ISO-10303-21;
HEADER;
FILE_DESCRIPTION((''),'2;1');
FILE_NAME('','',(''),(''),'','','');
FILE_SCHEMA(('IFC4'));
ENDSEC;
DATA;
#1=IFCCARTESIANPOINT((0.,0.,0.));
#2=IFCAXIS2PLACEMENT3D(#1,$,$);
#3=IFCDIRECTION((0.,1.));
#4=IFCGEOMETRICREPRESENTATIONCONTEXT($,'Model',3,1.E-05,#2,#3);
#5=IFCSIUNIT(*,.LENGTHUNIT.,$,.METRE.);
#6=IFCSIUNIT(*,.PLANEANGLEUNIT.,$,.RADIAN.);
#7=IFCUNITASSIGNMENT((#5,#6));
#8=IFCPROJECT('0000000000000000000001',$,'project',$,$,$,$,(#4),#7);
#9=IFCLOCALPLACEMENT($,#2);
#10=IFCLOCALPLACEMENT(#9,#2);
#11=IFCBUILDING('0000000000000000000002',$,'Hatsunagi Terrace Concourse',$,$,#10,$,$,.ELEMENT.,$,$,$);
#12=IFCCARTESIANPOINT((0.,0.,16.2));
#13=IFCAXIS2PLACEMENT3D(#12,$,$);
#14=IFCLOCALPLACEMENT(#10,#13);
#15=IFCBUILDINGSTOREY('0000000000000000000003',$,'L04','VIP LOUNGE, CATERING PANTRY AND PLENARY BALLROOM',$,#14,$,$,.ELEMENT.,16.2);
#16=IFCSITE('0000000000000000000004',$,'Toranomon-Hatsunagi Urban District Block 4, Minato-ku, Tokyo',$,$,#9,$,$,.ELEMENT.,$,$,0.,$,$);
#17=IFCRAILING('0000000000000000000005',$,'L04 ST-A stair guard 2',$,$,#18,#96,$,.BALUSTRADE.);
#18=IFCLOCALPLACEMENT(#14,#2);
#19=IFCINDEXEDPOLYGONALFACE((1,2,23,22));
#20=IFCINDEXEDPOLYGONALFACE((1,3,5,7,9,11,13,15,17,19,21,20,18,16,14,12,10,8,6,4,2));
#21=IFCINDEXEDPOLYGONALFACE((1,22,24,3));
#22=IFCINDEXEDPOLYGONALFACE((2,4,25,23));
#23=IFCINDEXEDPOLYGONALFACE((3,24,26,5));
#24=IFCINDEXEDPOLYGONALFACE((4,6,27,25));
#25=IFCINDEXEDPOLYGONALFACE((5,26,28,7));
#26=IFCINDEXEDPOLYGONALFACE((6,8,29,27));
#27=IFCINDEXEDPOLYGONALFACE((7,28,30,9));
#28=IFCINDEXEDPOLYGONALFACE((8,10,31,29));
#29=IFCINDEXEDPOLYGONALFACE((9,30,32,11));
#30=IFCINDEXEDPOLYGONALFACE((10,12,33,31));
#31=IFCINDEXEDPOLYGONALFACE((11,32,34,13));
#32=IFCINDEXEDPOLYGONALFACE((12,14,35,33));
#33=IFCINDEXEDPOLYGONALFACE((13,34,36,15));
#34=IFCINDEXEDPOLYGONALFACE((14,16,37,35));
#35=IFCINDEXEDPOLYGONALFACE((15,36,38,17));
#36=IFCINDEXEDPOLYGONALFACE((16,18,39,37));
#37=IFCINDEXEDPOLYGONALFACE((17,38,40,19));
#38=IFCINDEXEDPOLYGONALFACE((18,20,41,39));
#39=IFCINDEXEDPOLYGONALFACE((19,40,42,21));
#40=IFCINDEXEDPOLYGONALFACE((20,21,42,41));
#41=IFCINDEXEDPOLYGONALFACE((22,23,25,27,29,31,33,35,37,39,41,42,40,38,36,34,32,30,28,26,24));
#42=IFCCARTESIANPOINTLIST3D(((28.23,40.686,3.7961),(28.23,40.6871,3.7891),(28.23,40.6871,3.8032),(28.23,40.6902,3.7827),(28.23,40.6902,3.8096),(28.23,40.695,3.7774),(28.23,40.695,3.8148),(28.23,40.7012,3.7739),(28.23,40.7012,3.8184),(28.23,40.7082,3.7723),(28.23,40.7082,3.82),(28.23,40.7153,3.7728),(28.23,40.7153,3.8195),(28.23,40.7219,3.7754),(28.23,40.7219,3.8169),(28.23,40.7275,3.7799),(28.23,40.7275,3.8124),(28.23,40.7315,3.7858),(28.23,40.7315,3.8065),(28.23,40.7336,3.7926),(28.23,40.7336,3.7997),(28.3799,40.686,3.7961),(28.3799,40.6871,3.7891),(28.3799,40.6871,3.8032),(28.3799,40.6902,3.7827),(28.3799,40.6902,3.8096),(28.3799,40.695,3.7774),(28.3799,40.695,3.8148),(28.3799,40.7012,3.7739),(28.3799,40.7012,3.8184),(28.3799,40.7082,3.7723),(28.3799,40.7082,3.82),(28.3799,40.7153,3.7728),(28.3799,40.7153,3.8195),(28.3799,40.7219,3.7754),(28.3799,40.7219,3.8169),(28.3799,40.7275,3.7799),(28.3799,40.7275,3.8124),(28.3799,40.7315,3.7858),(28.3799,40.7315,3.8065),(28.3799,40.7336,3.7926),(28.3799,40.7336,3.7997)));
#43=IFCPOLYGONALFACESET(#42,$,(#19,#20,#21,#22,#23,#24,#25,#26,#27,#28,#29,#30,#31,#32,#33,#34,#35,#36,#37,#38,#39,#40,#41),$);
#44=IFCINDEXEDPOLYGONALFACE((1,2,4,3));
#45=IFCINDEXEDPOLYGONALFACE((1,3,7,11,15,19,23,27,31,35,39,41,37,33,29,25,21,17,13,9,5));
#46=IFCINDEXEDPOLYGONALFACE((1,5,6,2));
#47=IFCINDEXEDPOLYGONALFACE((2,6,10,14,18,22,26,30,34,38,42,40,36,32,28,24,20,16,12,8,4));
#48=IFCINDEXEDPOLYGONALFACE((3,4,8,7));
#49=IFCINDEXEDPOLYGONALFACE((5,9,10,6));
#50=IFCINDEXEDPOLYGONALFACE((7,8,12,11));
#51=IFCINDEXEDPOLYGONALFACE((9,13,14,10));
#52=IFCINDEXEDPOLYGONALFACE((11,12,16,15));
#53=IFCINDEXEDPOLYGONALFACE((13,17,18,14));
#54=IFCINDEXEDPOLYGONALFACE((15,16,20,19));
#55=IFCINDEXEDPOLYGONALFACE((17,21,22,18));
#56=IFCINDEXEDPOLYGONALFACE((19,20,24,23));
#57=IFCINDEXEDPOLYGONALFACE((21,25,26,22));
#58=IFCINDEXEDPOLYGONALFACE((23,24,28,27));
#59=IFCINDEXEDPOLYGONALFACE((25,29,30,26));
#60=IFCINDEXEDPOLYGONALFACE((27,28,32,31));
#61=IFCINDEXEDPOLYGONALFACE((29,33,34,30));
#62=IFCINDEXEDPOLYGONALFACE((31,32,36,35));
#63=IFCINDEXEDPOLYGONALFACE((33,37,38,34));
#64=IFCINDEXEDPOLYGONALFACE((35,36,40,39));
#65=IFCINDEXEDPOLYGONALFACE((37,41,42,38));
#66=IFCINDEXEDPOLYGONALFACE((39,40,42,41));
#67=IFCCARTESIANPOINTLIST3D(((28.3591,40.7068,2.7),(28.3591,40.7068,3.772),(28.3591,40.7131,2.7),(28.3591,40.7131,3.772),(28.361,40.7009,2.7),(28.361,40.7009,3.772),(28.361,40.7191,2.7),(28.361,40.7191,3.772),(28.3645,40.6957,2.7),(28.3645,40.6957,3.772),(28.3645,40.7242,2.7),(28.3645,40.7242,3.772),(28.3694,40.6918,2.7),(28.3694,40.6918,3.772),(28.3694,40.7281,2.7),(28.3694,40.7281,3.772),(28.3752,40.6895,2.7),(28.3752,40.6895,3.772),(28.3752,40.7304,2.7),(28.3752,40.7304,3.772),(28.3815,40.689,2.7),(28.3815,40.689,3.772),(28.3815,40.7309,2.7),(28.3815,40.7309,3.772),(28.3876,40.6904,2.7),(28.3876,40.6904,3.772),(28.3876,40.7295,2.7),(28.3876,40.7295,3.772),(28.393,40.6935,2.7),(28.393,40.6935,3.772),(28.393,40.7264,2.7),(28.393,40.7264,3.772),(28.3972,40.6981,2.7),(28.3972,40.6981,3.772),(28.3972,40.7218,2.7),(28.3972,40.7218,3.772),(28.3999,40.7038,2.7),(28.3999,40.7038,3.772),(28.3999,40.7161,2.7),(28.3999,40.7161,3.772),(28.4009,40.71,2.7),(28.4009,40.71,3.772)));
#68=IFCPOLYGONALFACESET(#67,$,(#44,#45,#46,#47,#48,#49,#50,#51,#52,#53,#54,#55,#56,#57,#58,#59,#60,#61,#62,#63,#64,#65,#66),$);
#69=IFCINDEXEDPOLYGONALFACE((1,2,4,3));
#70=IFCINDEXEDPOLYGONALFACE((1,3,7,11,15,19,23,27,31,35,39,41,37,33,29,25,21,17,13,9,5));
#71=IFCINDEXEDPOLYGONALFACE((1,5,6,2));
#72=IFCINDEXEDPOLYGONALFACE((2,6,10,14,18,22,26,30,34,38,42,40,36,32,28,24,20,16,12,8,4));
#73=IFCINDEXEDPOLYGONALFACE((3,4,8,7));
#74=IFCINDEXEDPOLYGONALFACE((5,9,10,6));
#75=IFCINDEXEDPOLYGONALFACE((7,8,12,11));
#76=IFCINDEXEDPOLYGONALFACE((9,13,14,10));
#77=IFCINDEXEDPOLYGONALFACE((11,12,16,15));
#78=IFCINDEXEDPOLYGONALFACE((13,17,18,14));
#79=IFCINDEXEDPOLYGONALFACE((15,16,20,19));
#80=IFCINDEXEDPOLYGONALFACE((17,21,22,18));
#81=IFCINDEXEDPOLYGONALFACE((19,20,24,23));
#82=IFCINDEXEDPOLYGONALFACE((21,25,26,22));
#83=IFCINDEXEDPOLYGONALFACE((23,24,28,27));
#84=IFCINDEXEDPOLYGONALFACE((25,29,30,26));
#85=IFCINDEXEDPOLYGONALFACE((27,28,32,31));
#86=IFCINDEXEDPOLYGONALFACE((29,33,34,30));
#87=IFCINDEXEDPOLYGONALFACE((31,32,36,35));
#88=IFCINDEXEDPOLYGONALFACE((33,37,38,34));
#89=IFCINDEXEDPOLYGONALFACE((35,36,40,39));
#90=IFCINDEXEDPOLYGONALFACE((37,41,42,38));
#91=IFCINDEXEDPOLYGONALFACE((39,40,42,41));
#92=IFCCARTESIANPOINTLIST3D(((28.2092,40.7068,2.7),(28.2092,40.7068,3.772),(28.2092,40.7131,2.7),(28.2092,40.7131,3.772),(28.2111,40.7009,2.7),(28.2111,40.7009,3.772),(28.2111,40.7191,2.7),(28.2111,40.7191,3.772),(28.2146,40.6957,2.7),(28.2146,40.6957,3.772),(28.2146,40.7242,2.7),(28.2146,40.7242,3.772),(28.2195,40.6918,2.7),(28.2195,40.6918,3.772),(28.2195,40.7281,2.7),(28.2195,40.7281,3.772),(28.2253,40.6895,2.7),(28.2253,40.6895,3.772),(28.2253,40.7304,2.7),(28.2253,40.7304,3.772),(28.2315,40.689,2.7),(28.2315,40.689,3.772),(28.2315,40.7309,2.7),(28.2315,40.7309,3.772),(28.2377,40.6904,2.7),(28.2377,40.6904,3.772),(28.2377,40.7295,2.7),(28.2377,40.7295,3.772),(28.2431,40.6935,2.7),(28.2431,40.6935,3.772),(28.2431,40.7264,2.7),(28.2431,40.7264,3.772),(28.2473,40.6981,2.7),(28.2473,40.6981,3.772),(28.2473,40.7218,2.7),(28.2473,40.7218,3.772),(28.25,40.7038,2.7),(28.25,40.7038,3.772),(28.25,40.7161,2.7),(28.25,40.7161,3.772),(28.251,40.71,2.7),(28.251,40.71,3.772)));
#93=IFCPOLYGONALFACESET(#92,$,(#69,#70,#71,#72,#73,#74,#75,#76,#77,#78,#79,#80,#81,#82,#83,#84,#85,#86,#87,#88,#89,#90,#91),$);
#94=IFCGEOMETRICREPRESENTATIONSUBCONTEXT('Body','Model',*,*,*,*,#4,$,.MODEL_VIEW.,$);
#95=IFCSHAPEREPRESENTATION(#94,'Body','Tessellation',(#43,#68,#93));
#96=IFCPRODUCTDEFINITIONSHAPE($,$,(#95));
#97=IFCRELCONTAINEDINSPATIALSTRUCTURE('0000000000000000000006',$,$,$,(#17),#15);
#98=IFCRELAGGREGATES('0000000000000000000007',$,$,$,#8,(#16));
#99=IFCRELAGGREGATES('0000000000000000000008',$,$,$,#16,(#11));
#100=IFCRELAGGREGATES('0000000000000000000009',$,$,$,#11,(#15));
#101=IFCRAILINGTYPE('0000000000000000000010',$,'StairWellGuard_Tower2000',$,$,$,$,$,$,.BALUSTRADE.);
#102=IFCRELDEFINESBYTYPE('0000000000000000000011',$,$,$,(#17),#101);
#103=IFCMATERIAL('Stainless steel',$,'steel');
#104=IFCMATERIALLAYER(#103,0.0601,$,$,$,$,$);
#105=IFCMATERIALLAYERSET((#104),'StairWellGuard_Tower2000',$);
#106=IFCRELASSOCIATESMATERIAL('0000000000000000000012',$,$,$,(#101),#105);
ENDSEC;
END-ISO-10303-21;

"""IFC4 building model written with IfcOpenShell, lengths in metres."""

from ifc_helpers import new_model, si_unit, direction, frame, origin, origin_2d, place, context, subcontext, project, spatial, circle, extrude, material, layer, layer_set, type_object, element, save


model = new_model("IFC4")

# Units and contexts
model_context = context("Model", 3, precision=1e-05, world=origin(), true_north=direction((0.0, 1.0)))
body_context = subcontext(model_context, "Body", "Model", "MODEL_VIEW")
ifc_project = project(units=[si_unit("LENGTHUNIT", "METRE"), si_unit("PLANEANGLEUNIT", "RADIAN")], contexts=[model_context])

# Site, building, storey
site_placement = place(None, origin())
site = spatial("IfcSite", under=ifc_project, at=site_placement, Name="Toranomon-Hatsunagi Urban District Block 4, Minato-ku, Tokyo", CompositionType="ELEMENT", RefElevation=0.0)
building_placement = place(site_placement, origin())
building = spatial("IfcBuilding", under=site, at=building_placement, Name="Hatsunagi Terrace Concourse", CompositionType="ELEMENT")
storey_placement = place(building_placement, frame((0.0, 0.0, 16.2)))
storey = spatial("IfcBuildingStorey", under=building, at=storey_placement, Name="L04", Description="VIP LOUNGE, CATERING PANTRY AND PLENARY BALLROOM", CompositionType="ELEMENT", Elevation=16.2)

# Railing
ifc_material_1 = material(Name="Stainless steel", Category="steel")
ifc_layer_1 = layer(ifc_material_1, 0.0601)
ifc_layer_set_1 = layer_set([ifc_layer_1], Name="StairWellGuard_Tower2000")
railing_type_1 = type_object("IfcRailingType", Name="StairWellGuard_Tower2000", PredefinedType="BALUSTRADE", material=ifc_layer_set_1)
railing_1_placement = place(storey_placement, frame((28.3799, 40.71, 2.7)))
element("IfcRailing", 1, at=railing_1_placement, inside=storey, type_object=railing_type_1, Name="L04 ST-A stair guard 2", PredefinedType="BALUSTRADE", context=body_context, shape_type="SweptSolid", body=[
    extrude(circle(Radius=0.0239, at=origin_2d()), frame((0.0, 0.0, 1.0962), z_axis=(-1.0, 0.0, 0.0), x_axis=(0.0, -1.0, 0.0)), (0.0, 0.0, 1.0), 0.1499),
    extrude(circle(Radius=0.021, at=origin_2d()), origin(), (0.0, 0.0, 1.0), 1.072),
    extrude(circle(Radius=0.021, at=origin_2d()), frame((-0.1499, 0.0, 0.0)), (0.0, 0.0, 1.0), 1.072),
])

save(model, "model.ifc")
